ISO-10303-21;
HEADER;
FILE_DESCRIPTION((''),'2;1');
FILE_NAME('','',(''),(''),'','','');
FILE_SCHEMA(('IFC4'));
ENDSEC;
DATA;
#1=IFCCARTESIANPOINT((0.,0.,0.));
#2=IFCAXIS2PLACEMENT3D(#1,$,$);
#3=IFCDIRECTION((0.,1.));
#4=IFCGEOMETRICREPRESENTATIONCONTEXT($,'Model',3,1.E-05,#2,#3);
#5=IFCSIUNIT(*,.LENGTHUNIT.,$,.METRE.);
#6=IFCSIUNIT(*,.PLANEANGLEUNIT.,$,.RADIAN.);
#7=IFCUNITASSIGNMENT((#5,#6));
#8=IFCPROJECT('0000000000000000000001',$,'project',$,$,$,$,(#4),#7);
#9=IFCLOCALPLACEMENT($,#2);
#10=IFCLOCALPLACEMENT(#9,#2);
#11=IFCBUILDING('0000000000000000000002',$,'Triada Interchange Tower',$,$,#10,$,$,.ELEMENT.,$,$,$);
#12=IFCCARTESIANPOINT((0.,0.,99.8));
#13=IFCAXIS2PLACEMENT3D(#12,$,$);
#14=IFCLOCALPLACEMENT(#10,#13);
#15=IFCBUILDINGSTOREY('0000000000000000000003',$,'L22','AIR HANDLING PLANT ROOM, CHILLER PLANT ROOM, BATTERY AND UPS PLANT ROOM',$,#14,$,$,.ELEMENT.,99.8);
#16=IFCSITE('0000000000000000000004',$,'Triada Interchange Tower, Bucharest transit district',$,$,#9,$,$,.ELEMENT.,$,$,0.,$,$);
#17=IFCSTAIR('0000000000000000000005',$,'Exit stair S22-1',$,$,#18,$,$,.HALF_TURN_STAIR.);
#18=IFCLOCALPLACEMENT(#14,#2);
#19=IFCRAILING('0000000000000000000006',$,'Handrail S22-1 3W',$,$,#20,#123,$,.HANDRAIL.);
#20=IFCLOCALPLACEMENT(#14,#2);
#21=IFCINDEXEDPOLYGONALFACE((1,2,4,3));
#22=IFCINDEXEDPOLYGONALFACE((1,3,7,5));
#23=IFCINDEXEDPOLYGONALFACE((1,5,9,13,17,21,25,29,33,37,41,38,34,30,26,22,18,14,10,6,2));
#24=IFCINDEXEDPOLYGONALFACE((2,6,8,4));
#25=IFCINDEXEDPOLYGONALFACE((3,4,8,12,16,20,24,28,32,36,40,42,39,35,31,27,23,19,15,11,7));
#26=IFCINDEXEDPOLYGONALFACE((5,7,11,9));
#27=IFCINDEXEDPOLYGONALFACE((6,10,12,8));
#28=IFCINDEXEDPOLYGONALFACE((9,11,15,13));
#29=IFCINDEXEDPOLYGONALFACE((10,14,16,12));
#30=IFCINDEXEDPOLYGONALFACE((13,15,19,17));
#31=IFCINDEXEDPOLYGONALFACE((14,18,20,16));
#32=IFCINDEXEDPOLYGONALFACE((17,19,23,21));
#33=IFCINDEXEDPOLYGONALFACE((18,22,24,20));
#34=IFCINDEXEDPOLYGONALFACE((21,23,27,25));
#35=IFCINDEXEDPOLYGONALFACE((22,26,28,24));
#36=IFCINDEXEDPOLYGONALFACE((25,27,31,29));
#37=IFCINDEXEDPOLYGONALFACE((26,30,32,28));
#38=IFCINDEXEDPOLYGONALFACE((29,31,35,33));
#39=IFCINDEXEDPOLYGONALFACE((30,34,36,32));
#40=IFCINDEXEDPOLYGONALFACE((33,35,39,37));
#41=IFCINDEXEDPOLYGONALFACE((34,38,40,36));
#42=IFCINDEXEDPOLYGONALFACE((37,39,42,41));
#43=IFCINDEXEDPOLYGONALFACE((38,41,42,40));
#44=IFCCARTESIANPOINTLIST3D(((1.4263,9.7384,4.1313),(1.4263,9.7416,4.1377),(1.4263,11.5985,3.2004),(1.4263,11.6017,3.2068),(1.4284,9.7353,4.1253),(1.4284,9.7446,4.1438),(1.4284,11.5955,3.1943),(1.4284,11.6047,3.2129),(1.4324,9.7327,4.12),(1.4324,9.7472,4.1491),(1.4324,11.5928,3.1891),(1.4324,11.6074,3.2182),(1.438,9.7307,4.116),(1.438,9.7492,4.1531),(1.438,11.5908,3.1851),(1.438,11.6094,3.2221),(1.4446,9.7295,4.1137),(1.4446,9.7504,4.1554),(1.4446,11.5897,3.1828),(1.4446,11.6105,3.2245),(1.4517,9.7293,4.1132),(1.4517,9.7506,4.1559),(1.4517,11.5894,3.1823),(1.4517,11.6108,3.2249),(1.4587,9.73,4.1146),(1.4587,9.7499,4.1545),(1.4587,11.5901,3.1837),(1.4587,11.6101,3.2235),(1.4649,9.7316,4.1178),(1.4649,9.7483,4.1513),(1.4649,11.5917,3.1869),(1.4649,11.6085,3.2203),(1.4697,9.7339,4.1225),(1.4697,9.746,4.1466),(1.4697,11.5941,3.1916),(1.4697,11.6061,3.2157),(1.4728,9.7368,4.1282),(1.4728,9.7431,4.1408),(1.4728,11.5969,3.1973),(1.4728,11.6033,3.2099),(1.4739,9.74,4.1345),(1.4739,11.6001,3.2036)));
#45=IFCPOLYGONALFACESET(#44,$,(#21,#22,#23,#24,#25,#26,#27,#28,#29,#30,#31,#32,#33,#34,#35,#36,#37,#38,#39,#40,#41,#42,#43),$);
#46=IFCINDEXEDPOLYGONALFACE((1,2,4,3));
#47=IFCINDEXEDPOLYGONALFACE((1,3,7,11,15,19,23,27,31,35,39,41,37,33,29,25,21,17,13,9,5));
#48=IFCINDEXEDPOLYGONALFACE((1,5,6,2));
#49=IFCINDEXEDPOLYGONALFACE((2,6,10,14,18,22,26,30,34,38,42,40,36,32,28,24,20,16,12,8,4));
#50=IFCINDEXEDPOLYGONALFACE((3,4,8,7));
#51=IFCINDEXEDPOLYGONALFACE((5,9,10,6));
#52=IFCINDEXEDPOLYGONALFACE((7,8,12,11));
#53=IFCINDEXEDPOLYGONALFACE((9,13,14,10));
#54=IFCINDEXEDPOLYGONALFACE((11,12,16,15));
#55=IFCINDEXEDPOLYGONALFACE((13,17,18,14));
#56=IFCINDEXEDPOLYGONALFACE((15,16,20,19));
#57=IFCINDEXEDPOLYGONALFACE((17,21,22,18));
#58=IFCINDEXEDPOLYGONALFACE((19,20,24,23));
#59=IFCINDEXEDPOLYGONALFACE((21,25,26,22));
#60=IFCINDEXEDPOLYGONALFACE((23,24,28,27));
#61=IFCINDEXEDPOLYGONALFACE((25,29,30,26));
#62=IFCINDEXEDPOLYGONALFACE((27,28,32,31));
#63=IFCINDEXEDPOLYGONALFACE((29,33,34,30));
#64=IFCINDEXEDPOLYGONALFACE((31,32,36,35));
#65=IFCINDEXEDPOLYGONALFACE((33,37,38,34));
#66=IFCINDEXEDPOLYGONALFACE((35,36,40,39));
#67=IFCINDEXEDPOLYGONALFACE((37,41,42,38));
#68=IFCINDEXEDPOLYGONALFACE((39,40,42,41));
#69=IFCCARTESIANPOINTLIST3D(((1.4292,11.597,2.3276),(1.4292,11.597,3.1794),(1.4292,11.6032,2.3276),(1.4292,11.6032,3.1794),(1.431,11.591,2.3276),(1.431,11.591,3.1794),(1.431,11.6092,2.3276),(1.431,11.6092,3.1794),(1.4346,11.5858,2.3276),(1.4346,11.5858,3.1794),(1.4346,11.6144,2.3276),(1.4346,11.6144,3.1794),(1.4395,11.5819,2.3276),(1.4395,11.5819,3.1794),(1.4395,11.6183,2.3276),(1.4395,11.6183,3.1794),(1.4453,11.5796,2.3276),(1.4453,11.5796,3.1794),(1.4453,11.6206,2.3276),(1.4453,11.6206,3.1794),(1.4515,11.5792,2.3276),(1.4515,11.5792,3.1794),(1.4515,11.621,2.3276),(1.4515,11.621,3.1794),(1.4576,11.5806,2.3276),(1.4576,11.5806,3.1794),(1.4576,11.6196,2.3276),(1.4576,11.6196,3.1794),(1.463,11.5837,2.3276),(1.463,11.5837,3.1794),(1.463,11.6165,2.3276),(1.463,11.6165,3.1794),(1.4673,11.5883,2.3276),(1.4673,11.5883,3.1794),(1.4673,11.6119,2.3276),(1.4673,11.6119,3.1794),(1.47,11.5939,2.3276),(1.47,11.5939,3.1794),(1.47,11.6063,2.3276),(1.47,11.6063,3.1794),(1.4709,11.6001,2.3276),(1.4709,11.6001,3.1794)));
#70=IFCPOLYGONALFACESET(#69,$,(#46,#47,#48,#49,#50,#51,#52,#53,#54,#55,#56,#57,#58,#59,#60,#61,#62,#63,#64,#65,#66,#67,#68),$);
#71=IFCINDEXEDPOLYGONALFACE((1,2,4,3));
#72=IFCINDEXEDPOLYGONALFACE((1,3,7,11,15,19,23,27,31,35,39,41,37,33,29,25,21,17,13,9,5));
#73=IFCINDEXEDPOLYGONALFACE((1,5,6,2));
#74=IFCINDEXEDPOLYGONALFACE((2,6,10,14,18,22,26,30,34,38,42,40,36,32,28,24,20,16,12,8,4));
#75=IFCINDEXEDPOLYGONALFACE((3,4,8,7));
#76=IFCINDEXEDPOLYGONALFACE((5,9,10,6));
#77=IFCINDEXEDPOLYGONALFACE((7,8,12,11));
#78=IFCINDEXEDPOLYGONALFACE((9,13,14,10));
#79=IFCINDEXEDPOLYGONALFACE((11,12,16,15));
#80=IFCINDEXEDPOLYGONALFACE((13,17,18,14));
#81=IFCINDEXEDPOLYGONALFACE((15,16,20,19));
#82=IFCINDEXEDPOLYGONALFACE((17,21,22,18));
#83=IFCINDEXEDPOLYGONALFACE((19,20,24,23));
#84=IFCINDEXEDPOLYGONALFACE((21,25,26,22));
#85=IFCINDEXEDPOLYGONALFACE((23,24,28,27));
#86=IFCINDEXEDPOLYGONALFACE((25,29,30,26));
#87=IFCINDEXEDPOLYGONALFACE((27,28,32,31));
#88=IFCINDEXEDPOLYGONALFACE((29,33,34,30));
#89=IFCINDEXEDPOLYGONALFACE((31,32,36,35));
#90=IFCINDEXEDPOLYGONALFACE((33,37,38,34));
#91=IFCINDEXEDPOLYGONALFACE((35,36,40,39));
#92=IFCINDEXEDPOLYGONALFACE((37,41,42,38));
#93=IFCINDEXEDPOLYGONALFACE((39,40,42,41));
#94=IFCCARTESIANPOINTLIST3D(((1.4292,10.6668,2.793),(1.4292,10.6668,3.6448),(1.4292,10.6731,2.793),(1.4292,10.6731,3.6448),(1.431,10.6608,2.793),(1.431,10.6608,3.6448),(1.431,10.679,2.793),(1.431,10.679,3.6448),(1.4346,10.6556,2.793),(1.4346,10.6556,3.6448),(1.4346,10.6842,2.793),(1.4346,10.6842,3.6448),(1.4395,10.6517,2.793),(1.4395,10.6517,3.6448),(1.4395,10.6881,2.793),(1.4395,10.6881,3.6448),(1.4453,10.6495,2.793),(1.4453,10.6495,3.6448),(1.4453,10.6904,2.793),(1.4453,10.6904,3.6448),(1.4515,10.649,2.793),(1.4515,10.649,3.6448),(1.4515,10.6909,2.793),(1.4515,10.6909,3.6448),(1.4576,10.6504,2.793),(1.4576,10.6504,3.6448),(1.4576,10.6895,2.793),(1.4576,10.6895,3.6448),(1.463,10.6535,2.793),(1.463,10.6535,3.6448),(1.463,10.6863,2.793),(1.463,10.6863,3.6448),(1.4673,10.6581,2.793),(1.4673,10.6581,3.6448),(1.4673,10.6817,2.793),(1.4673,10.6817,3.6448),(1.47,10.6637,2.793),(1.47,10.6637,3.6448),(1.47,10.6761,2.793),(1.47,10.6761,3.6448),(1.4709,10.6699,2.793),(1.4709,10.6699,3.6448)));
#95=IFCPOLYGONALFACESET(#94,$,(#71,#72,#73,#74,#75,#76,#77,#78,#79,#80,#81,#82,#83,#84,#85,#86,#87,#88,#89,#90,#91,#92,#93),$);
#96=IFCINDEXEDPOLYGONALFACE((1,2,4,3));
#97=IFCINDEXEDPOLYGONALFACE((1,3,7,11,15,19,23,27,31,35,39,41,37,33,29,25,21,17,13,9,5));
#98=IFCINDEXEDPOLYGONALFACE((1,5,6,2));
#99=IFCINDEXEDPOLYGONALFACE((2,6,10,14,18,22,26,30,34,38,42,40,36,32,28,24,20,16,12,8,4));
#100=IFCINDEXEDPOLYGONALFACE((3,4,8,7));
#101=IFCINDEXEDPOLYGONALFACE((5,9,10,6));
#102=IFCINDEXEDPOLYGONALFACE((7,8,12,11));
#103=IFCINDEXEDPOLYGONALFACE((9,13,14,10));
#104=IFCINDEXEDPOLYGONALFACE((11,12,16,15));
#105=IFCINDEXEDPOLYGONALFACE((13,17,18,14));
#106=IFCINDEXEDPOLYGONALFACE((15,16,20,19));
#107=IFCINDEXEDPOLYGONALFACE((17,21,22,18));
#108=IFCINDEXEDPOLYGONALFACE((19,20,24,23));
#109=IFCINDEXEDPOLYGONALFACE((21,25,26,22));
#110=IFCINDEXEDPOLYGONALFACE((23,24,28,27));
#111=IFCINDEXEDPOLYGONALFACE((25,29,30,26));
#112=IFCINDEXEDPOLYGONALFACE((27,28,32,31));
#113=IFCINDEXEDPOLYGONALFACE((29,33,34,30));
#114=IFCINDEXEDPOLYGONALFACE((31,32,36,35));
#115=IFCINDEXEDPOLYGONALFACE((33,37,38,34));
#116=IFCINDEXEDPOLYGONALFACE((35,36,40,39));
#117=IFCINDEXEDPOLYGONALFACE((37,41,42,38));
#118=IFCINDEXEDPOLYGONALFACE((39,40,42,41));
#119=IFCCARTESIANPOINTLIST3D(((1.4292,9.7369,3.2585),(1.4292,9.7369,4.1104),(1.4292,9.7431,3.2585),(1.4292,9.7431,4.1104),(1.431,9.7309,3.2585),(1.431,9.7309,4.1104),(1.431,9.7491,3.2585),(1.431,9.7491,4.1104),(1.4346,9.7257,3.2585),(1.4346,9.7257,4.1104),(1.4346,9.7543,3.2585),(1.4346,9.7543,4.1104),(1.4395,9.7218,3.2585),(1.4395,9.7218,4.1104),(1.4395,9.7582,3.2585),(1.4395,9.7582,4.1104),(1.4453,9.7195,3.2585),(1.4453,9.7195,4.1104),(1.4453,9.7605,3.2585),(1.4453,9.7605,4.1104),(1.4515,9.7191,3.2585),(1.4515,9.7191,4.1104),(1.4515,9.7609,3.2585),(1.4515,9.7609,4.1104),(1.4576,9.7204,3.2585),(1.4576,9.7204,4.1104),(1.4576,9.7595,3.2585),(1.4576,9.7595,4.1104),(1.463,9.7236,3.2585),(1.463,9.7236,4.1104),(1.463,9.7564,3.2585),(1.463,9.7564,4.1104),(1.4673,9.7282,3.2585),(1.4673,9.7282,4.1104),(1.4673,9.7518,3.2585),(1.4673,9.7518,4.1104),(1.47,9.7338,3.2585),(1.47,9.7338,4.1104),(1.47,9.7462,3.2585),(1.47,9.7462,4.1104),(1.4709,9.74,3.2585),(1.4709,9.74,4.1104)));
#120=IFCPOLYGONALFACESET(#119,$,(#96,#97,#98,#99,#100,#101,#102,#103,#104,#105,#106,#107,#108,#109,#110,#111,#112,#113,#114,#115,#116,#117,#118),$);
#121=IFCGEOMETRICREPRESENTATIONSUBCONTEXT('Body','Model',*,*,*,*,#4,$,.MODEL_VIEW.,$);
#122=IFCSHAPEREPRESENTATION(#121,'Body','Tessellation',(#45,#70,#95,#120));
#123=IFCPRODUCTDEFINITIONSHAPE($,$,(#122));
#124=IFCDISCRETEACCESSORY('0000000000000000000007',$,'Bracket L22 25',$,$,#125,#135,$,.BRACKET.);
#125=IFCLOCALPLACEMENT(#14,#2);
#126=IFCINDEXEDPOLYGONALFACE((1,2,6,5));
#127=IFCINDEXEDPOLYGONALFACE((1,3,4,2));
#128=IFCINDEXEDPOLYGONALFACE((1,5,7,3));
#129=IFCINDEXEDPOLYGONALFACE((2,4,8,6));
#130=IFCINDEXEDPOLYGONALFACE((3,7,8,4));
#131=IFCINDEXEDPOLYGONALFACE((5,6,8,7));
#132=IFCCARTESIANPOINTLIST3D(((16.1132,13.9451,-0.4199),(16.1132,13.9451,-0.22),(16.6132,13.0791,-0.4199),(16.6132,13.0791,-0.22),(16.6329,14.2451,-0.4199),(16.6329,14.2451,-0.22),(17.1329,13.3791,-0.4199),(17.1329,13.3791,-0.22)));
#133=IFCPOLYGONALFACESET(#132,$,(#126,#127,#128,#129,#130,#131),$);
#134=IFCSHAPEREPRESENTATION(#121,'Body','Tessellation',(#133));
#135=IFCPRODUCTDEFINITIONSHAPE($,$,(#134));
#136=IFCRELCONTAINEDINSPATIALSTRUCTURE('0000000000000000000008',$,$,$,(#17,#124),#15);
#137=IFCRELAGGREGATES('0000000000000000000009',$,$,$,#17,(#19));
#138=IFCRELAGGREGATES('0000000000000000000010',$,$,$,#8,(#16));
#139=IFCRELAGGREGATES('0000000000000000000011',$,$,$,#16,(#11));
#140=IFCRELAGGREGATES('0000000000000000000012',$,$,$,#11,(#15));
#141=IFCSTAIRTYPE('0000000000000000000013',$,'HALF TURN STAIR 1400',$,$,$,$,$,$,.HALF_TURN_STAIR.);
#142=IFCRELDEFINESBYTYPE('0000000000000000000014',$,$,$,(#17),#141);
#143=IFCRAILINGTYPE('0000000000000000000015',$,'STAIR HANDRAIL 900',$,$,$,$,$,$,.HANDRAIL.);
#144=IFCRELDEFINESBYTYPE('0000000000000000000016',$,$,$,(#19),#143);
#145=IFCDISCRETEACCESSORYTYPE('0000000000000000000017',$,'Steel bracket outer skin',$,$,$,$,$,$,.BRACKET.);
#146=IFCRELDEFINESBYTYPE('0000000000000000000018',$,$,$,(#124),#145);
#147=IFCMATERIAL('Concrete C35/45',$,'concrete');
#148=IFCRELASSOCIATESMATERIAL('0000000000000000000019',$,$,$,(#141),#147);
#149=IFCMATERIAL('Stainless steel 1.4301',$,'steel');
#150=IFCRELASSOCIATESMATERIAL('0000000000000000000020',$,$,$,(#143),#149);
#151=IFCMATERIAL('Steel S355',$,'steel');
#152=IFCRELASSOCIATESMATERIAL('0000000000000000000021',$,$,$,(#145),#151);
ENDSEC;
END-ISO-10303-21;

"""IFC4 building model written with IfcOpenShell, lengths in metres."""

from ifc_helpers import new_model, si_unit, direction, frame, origin, origin_2d, place, context, subcontext, project, spatial, rectangle, circle, extrude, material, type_object, element, aggregate, save


model = new_model("IFC4")

# Units and contexts
model_context = context("Model", 3, precision=1e-05, world=origin(), true_north=direction((0.0, 1.0)))
body_context = subcontext(model_context, "Body", "Model", "MODEL_VIEW")
ifc_project = project(units=[si_unit("LENGTHUNIT", "METRE"), si_unit("PLANEANGLEUNIT", "RADIAN")], contexts=[model_context])

# Site, building, storey
site_placement = place(None, origin())
site = spatial("IfcSite", under=ifc_project, at=site_placement, Name="Triada Interchange Tower, Bucharest transit district", CompositionType="ELEMENT", RefElevation=0.0)
building_placement = place(site_placement, origin())
building = spatial("IfcBuilding", under=site, at=building_placement, Name="Triada Interchange Tower", CompositionType="ELEMENT")
storey_placement = place(building_placement, frame((0.0, 0.0, 99.8)))
storey = spatial("IfcBuildingStorey", under=building, at=storey_placement, Name="L22", Description="AIR HANDLING PLANT ROOM, CHILLER PLANT ROOM, BATTERY AND UPS PLANT ROOM", CompositionType="ELEMENT", Elevation=99.8)

# Shared definitions
ifc_material_1 = material(Name="Steel S355", Category="steel")

# Shared definitions
ifc_material_2 = material(Name="Concrete C35/45", Category="concrete")

# Stair
stair_type = type_object("IfcStairType", Name="HALF TURN STAIR 1400", PredefinedType="HALF_TURN_STAIR", material=ifc_material_2)
stair_placement = place(storey_placement, origin())
stair = element("IfcStair", 1, at=stair_placement, inside=storey, type_object=stair_type, Name="Exit stair S22-1", PredefinedType="HALF_TURN_STAIR")

# Railing
ifc_material_3 = material(Name="Stainless steel 1.4301", Category="steel")
railing_type_1 = type_object("IfcRailingType", Name="STAIR HANDRAIL 900", PredefinedType="HANDRAIL", material=ifc_material_3)
railing_1_placement = place(storey_placement, frame((1.45, 11.6001, 2.3276)))
railing_1 = element("IfcRailing", 2, at=railing_1_placement, type_object=railing_type_1, Name="Handrail S22-1 3W", PredefinedType="HANDRAIL", context=body_context, shape_type="SweptSolid", body=[
    extrude(circle(Radius=0.0239, at=origin_2d()), frame((0.0, 0.0, 0.876), z_axis=(0.0, -0.894263, 0.447542), x_axis=(1.0, 0.0, 0.0)), (0.0, 0.0, 1.0), 2.0801),
    extrude(circle(Radius=0.021, at=origin_2d()), origin(), (0.0, 0.0, 1.0), 0.8518),
    extrude(circle(Radius=0.021, at=origin_2d()), frame((0.0, -0.9302, 0.4653)), (0.0, 0.0, 1.0), 0.8518),
    extrude(circle(Radius=0.021, at=origin_2d()), frame((0.0, -1.8601, 0.9309)), (0.0, 0.0, 1.0), 0.8518),
])
aggregate(stair, [railing_1])

# Discrete accessory
discrete_accessory_type = type_object("IfcDiscreteAccessoryType", Name="Steel bracket outer skin", PredefinedType="BRACKET", material=ifc_material_1)
discrete_accessory_placement = place(storey_placement, frame((16.623, 13.6621, -0.4199), z_axis=(0.0, 0.0, 1.0), x_axis=(0.86603, 0.499993, 0.0)))
element("IfcDiscreteAccessory", 3, at=discrete_accessory_placement, inside=storey, type_object=discrete_accessory_type, Name="Bracket L22 25", PredefinedType="BRACKET", context=body_context, shape_type="SweptSolid", body=[
    extrude(rectangle(XDim=0.6001, YDim=1.0, at=origin_2d()), origin(), (0.0, 0.0, 1.0), 0.2),
])

save(model, "model.ifc")
